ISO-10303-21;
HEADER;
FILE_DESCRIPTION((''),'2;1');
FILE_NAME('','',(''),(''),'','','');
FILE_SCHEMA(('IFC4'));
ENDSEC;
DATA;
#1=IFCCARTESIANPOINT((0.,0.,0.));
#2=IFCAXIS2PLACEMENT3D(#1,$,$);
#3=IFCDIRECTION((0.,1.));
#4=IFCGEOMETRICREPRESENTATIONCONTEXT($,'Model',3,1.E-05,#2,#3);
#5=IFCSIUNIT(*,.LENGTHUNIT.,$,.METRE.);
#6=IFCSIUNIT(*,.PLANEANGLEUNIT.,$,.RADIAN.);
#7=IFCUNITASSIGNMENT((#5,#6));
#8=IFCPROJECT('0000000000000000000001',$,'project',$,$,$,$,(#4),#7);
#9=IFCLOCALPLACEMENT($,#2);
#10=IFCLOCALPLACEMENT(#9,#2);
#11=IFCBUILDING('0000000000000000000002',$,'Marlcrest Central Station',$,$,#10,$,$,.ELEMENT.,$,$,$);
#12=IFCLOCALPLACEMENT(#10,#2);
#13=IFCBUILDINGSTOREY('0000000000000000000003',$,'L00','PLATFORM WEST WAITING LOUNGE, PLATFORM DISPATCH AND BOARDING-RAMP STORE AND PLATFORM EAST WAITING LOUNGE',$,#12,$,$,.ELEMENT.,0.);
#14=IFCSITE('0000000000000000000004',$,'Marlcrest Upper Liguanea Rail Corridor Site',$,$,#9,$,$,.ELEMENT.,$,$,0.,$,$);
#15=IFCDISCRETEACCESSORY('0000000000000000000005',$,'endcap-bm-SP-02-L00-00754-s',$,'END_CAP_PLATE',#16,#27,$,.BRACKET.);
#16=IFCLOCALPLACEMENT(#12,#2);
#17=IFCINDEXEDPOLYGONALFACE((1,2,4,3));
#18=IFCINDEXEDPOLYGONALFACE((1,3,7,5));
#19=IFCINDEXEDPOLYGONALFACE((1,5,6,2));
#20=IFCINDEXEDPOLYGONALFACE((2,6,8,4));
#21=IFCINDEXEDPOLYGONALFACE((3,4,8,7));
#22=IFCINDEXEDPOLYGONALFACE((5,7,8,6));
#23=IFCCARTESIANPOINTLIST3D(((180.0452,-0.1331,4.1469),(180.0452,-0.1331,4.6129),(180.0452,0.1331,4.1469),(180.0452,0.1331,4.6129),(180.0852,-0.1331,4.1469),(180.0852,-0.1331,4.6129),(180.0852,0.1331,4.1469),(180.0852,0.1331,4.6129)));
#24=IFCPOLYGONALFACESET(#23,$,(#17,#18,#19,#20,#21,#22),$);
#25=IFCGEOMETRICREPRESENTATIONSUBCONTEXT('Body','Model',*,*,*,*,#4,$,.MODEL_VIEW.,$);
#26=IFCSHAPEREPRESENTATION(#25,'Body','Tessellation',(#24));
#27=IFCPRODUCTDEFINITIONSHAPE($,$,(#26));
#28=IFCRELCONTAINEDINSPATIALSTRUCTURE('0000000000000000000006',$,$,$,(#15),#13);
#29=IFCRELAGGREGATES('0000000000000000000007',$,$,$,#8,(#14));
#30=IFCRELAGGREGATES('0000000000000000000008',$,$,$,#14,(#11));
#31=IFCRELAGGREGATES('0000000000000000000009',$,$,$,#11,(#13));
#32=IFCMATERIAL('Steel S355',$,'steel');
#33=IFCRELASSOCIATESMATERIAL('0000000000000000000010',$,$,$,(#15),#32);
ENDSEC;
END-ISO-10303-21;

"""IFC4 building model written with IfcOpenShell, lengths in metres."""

from ifc_helpers import new_model, si_unit, direction, frame, origin, origin_2d, place, context, subcontext, project, spatial, rectangle, extrude, material, element, save


model = new_model("IFC4")

# Units and contexts
model_context = context("Model", 3, precision=1e-05, world=origin(), true_north=direction((0.0, 1.0)))
body_context = subcontext(model_context, "Body", "Model", "MODEL_VIEW")
ifc_project = project(units=[si_unit("LENGTHUNIT", "METRE"), si_unit("PLANEANGLEUNIT", "RADIAN")], contexts=[model_context])

# Site, building, storey
site_placement = place(None, origin())
site = spatial("IfcSite", under=ifc_project, at=site_placement, Name="Marlcrest Upper Liguanea Rail Corridor Site", CompositionType="ELEMENT", RefElevation=0.0)
building_placement = place(site_placement, origin())
building = spatial("IfcBuilding", under=site, at=building_placement, Name="Marlcrest Central Station", CompositionType="ELEMENT")
storey_placement = place(building_placement, origin())
storey = spatial("IfcBuildingStorey", under=building, at=storey_placement, Name="L00", Description="PLATFORM WEST WAITING LOUNGE, PLATFORM DISPATCH AND BOARDING-RAMP STORE AND PLATFORM EAST WAITING LOUNGE", CompositionType="ELEMENT", Elevation=0.0)

# Shared definitions
ifc_material_1 = material(Name="Steel S355", Category="steel")

# Discrete accessory
for number, where, z_axis, x_axis, name in (
    (1, (180.0452, 0.0, 4.3799), (1.0, 0.0, 0.0), (0.0, 1.0, 0.0), "endcap-bm-SP-02-L00-00754-s"),
):
    element("IfcDiscreteAccessory", number, at=place(storey_placement, frame(where, z_axis=z_axis, x_axis=x_axis)), inside=storey, material=ifc_material_1, Name=name, ObjectType="END_CAP_PLATE", PredefinedType="BRACKET", context=body_context, shape_type="SweptSolid", body=[
        extrude(rectangle(XDim=0.2661, YDim=0.4661, at=origin_2d()), origin(), (0.0, 0.0, 1.0), 0.04),
    ])

save(model, "model.ifc")
